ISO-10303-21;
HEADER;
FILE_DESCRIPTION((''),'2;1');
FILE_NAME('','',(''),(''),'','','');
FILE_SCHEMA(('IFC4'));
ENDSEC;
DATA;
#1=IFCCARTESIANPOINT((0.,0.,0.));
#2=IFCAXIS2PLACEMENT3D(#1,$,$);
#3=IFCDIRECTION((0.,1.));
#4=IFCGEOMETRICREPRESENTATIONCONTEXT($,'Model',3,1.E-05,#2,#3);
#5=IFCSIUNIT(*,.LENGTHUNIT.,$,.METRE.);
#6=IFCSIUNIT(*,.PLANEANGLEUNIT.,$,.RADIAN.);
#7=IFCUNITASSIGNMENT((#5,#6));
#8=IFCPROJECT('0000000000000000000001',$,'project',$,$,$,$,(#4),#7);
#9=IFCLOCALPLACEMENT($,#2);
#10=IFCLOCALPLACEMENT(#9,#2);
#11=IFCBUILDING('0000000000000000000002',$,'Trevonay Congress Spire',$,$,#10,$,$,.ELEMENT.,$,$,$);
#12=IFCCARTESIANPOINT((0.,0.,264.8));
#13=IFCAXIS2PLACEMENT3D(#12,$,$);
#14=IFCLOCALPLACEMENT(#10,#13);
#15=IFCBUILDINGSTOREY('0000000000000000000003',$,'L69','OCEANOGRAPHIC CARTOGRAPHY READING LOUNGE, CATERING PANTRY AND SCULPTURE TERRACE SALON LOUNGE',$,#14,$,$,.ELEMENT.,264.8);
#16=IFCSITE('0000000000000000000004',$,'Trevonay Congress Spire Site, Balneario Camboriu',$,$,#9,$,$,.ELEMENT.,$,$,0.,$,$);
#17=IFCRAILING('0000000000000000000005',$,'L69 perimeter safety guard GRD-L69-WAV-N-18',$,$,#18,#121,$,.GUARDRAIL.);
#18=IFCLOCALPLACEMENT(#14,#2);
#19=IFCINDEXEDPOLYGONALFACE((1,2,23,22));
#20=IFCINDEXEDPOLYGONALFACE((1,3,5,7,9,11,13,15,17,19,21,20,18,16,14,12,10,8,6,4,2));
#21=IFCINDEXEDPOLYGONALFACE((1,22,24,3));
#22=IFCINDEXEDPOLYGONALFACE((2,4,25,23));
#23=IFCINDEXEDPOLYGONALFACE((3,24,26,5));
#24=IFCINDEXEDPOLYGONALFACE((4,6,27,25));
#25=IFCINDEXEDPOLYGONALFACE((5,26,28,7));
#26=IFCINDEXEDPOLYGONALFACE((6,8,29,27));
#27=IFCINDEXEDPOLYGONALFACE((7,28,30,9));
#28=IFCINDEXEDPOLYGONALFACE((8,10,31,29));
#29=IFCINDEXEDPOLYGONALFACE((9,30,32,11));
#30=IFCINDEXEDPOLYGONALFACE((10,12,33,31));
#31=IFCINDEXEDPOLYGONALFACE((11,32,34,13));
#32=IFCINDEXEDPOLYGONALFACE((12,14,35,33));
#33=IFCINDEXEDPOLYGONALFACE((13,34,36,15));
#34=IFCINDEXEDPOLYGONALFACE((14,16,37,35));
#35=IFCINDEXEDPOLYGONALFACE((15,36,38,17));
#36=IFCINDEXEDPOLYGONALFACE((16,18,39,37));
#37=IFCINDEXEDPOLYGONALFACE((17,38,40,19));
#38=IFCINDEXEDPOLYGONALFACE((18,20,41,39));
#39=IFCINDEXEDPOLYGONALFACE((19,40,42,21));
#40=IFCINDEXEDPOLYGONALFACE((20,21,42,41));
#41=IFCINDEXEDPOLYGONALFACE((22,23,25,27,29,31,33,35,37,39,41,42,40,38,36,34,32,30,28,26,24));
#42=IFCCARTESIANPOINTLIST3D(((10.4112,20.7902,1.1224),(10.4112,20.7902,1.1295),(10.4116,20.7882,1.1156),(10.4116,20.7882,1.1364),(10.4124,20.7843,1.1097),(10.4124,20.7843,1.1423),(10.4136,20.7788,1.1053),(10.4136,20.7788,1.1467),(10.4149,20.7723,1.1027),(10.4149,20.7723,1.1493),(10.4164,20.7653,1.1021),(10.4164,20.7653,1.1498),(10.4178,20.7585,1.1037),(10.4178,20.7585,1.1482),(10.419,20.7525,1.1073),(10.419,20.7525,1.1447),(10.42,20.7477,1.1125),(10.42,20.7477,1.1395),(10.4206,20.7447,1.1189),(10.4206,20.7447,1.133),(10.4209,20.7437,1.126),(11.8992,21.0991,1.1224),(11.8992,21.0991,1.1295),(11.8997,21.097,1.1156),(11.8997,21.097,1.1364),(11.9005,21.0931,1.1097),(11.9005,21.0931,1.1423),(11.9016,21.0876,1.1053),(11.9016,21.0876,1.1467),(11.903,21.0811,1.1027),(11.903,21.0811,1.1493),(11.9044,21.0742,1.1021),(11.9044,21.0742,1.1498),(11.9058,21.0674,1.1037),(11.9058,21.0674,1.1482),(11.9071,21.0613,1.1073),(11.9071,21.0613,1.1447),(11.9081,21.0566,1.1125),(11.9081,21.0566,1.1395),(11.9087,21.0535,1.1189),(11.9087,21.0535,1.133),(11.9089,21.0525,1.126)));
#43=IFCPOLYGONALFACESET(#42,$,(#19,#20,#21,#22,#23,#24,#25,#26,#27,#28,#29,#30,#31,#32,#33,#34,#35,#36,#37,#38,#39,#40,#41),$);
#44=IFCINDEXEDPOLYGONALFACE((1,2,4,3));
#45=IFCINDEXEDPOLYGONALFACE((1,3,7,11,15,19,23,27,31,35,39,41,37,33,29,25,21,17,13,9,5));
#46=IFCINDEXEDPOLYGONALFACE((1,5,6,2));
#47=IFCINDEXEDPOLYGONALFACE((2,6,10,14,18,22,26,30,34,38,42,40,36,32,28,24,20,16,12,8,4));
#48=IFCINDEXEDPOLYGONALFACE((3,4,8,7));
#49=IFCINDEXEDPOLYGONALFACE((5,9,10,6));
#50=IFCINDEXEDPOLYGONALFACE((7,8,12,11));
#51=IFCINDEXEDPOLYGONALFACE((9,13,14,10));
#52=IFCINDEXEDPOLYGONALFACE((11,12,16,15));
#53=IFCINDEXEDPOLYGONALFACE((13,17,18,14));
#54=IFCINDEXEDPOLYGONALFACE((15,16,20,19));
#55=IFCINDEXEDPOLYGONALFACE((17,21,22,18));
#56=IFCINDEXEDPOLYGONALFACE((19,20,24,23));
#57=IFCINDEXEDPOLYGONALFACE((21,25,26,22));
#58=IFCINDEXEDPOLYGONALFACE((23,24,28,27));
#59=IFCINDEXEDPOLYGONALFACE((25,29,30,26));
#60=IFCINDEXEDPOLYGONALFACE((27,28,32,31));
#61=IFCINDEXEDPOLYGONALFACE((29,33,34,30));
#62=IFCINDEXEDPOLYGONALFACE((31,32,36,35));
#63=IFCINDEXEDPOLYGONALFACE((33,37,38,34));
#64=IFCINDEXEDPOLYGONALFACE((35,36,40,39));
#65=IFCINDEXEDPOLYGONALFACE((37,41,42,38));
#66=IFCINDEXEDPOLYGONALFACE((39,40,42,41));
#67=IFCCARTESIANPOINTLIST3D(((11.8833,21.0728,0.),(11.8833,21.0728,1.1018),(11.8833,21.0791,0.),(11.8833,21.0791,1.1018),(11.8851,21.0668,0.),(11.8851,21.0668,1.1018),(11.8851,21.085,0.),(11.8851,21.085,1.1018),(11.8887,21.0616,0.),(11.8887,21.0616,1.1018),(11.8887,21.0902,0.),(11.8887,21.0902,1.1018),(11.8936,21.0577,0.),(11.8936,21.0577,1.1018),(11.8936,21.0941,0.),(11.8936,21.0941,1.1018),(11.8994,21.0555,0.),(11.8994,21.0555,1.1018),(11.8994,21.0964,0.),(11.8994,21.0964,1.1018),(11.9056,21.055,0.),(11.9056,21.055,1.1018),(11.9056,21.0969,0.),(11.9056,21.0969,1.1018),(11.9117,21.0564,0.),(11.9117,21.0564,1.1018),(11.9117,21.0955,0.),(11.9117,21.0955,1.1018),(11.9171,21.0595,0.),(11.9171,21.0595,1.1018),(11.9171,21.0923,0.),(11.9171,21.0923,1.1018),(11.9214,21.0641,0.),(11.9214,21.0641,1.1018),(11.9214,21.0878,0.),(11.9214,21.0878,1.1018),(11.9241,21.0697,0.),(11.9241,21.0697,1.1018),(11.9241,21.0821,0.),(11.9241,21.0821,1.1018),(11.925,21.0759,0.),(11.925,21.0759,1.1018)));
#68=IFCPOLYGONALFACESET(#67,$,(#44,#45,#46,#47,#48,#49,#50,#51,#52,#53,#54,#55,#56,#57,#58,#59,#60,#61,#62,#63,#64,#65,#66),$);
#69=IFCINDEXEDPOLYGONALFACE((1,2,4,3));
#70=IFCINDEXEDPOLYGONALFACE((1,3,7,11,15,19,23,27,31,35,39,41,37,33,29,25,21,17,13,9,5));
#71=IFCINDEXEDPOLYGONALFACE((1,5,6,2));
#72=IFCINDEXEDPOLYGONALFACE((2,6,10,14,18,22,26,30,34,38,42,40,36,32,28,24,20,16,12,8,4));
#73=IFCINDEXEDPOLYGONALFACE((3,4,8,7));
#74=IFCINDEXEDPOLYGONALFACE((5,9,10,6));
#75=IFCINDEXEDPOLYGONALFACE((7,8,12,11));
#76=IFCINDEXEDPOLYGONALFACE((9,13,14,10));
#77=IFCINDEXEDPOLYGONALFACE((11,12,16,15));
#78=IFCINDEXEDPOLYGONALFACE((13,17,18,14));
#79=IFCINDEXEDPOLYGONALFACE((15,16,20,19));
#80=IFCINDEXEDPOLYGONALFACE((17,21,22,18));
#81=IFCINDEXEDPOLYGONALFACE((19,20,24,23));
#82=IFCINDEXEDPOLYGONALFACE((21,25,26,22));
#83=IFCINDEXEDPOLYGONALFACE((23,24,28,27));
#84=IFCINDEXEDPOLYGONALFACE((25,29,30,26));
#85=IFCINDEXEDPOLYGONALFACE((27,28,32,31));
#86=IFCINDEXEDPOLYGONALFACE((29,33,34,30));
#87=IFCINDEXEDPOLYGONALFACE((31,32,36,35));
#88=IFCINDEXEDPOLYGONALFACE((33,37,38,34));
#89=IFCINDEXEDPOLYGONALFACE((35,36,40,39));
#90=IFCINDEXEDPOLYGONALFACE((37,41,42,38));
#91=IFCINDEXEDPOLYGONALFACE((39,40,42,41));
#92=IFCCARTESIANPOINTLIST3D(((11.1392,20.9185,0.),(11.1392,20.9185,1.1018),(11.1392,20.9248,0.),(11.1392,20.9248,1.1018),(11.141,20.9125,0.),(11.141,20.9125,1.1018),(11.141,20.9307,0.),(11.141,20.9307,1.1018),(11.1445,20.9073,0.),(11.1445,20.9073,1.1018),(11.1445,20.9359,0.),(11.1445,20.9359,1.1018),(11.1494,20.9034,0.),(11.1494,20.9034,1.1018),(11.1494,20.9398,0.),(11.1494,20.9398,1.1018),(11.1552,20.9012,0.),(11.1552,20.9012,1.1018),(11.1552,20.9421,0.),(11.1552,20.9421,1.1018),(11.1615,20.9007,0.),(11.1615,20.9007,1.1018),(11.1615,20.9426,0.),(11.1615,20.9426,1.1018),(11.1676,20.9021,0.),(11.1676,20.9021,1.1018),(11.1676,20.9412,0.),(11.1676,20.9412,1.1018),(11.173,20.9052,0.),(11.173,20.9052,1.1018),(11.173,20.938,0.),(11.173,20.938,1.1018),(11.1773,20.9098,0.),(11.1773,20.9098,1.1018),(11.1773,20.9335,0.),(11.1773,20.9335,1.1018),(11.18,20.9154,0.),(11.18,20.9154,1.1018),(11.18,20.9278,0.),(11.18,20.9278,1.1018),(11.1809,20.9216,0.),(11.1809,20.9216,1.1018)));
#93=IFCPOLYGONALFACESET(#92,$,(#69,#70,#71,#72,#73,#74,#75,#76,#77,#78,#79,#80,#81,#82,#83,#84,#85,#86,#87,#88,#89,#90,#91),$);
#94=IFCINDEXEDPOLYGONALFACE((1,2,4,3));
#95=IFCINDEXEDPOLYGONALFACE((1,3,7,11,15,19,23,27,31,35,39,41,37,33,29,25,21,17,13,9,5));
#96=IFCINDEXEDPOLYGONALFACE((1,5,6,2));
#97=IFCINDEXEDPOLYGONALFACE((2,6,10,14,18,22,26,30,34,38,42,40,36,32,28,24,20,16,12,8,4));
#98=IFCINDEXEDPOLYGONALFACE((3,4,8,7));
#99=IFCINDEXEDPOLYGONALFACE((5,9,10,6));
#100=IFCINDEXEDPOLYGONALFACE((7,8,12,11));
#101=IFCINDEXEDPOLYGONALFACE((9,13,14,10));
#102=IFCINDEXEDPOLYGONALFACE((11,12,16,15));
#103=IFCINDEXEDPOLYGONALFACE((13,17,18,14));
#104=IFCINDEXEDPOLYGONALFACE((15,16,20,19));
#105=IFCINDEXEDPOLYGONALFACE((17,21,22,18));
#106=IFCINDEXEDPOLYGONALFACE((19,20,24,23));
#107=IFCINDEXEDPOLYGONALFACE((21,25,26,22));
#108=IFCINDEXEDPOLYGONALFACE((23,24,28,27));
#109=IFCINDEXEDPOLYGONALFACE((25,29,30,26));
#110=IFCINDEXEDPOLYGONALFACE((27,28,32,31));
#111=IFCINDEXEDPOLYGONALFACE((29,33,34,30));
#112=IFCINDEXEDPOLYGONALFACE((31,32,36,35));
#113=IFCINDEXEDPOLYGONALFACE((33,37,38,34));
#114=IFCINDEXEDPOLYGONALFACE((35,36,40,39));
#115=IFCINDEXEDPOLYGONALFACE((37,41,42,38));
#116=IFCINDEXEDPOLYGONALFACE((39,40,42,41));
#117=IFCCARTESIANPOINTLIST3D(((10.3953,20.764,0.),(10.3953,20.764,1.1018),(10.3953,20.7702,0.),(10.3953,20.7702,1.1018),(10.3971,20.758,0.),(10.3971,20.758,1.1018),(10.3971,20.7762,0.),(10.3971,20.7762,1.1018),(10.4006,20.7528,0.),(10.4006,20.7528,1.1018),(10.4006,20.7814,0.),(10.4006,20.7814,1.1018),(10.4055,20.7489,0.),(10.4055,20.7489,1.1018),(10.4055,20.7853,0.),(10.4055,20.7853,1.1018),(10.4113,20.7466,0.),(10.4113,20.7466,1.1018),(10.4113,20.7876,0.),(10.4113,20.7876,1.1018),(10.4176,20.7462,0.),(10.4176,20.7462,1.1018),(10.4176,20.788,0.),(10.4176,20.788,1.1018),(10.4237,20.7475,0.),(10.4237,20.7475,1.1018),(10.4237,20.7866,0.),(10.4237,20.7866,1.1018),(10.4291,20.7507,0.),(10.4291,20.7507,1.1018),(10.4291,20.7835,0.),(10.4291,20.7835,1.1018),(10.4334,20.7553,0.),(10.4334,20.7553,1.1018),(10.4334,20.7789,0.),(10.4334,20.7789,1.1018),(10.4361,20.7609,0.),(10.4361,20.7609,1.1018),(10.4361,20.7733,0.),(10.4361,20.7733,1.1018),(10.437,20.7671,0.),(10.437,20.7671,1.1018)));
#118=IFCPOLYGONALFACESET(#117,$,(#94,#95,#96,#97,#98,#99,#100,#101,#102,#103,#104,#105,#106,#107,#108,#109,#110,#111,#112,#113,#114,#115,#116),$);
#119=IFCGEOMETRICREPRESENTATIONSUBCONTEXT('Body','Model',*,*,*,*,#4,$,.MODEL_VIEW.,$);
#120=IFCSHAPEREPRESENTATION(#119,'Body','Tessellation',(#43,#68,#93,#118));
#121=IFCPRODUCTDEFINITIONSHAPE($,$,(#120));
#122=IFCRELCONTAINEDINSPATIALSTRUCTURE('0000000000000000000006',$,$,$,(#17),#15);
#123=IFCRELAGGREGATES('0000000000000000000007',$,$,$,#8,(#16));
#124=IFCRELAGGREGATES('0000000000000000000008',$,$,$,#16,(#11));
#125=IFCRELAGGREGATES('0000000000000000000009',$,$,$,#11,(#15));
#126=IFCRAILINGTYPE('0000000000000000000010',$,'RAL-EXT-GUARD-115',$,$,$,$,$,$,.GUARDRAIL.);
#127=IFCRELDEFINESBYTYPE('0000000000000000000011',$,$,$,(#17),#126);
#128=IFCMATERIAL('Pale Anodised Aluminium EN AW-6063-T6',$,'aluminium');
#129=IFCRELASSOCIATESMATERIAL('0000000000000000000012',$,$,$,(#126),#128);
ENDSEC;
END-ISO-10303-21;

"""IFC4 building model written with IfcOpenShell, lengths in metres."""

from ifc_helpers import new_model, si_unit, direction, frame, origin, origin_2d, place, context, subcontext, project, spatial, circle, extrude, material, type_object, element, save


model = new_model("IFC4")

# Units and contexts
model_context = context("Model", 3, precision=1e-05, world=origin(), true_north=direction((0.0, 1.0)))
body_context = subcontext(model_context, "Body", "Model", "MODEL_VIEW")
ifc_project = project(units=[si_unit("LENGTHUNIT", "METRE"), si_unit("PLANEANGLEUNIT", "RADIAN")], contexts=[model_context])

# Site, building, storey
site_placement = place(None, origin())
site = spatial("IfcSite", under=ifc_project, at=site_placement, Name="Trevonay Congress Spire Site, Balneario Camboriu", CompositionType="ELEMENT", RefElevation=0.0)
building_placement = place(site_placement, origin())
building = spatial("IfcBuilding", under=site, at=building_placement, Name="Trevonay Congress Spire", CompositionType="ELEMENT")
storey_placement = place(building_placement, frame((0.0, 0.0, 264.8)))
storey = spatial("IfcBuildingStorey", under=building, at=storey_placement, Name="L69", Description="OCEANOGRAPHIC CARTOGRAPHY READING LOUNGE, CATERING PANTRY AND SCULPTURE TERRACE SALON LOUNGE", CompositionType="ELEMENT", Elevation=264.8)

# Shared definitions
ifc_material_1 = material(Name="Pale Anodised Aluminium EN AW-6063-T6", Category="aluminium")

# Railing
railing_type = type_object("IfcRailingType", Name="RAL-EXT-GUARD-115", PredefinedType="GUARDRAIL", material=ifc_material_1)
railing_1_placement = place(storey_placement, frame((11.9041, 21.0759, 0.0)))
element("IfcRailing", 1, at=railing_1_placement, inside=storey, type_object=railing_type, Name="L69 perimeter safety guard GRD-L69-WAV-N-18", PredefinedType="GUARDRAIL", context=body_context, shape_type="SweptSolid", body=[
    extrude(circle(Radius=0.0239, at=origin_2d()), frame((0.0, 0.0, 1.126), z_axis=(-0.979134, -0.203216, 0.0), x_axis=(0.203216, -0.979134, 0.0)), (0.0, 0.0, 1.0), 1.5198),
    extrude(circle(Radius=0.021, at=origin_2d()), origin(), (0.0, 0.0, 1.0), 1.1018),
    extrude(circle(Radius=0.021, at=origin_2d()), frame((-0.7441, -0.1543, 0.0)), (0.0, 0.0, 1.0), 1.1018),
    extrude(circle(Radius=0.021, at=origin_2d()), frame((-1.488, -0.3088, 0.0)), (0.0, 0.0, 1.0), 1.1018),
])

save(model, "model.ifc")
